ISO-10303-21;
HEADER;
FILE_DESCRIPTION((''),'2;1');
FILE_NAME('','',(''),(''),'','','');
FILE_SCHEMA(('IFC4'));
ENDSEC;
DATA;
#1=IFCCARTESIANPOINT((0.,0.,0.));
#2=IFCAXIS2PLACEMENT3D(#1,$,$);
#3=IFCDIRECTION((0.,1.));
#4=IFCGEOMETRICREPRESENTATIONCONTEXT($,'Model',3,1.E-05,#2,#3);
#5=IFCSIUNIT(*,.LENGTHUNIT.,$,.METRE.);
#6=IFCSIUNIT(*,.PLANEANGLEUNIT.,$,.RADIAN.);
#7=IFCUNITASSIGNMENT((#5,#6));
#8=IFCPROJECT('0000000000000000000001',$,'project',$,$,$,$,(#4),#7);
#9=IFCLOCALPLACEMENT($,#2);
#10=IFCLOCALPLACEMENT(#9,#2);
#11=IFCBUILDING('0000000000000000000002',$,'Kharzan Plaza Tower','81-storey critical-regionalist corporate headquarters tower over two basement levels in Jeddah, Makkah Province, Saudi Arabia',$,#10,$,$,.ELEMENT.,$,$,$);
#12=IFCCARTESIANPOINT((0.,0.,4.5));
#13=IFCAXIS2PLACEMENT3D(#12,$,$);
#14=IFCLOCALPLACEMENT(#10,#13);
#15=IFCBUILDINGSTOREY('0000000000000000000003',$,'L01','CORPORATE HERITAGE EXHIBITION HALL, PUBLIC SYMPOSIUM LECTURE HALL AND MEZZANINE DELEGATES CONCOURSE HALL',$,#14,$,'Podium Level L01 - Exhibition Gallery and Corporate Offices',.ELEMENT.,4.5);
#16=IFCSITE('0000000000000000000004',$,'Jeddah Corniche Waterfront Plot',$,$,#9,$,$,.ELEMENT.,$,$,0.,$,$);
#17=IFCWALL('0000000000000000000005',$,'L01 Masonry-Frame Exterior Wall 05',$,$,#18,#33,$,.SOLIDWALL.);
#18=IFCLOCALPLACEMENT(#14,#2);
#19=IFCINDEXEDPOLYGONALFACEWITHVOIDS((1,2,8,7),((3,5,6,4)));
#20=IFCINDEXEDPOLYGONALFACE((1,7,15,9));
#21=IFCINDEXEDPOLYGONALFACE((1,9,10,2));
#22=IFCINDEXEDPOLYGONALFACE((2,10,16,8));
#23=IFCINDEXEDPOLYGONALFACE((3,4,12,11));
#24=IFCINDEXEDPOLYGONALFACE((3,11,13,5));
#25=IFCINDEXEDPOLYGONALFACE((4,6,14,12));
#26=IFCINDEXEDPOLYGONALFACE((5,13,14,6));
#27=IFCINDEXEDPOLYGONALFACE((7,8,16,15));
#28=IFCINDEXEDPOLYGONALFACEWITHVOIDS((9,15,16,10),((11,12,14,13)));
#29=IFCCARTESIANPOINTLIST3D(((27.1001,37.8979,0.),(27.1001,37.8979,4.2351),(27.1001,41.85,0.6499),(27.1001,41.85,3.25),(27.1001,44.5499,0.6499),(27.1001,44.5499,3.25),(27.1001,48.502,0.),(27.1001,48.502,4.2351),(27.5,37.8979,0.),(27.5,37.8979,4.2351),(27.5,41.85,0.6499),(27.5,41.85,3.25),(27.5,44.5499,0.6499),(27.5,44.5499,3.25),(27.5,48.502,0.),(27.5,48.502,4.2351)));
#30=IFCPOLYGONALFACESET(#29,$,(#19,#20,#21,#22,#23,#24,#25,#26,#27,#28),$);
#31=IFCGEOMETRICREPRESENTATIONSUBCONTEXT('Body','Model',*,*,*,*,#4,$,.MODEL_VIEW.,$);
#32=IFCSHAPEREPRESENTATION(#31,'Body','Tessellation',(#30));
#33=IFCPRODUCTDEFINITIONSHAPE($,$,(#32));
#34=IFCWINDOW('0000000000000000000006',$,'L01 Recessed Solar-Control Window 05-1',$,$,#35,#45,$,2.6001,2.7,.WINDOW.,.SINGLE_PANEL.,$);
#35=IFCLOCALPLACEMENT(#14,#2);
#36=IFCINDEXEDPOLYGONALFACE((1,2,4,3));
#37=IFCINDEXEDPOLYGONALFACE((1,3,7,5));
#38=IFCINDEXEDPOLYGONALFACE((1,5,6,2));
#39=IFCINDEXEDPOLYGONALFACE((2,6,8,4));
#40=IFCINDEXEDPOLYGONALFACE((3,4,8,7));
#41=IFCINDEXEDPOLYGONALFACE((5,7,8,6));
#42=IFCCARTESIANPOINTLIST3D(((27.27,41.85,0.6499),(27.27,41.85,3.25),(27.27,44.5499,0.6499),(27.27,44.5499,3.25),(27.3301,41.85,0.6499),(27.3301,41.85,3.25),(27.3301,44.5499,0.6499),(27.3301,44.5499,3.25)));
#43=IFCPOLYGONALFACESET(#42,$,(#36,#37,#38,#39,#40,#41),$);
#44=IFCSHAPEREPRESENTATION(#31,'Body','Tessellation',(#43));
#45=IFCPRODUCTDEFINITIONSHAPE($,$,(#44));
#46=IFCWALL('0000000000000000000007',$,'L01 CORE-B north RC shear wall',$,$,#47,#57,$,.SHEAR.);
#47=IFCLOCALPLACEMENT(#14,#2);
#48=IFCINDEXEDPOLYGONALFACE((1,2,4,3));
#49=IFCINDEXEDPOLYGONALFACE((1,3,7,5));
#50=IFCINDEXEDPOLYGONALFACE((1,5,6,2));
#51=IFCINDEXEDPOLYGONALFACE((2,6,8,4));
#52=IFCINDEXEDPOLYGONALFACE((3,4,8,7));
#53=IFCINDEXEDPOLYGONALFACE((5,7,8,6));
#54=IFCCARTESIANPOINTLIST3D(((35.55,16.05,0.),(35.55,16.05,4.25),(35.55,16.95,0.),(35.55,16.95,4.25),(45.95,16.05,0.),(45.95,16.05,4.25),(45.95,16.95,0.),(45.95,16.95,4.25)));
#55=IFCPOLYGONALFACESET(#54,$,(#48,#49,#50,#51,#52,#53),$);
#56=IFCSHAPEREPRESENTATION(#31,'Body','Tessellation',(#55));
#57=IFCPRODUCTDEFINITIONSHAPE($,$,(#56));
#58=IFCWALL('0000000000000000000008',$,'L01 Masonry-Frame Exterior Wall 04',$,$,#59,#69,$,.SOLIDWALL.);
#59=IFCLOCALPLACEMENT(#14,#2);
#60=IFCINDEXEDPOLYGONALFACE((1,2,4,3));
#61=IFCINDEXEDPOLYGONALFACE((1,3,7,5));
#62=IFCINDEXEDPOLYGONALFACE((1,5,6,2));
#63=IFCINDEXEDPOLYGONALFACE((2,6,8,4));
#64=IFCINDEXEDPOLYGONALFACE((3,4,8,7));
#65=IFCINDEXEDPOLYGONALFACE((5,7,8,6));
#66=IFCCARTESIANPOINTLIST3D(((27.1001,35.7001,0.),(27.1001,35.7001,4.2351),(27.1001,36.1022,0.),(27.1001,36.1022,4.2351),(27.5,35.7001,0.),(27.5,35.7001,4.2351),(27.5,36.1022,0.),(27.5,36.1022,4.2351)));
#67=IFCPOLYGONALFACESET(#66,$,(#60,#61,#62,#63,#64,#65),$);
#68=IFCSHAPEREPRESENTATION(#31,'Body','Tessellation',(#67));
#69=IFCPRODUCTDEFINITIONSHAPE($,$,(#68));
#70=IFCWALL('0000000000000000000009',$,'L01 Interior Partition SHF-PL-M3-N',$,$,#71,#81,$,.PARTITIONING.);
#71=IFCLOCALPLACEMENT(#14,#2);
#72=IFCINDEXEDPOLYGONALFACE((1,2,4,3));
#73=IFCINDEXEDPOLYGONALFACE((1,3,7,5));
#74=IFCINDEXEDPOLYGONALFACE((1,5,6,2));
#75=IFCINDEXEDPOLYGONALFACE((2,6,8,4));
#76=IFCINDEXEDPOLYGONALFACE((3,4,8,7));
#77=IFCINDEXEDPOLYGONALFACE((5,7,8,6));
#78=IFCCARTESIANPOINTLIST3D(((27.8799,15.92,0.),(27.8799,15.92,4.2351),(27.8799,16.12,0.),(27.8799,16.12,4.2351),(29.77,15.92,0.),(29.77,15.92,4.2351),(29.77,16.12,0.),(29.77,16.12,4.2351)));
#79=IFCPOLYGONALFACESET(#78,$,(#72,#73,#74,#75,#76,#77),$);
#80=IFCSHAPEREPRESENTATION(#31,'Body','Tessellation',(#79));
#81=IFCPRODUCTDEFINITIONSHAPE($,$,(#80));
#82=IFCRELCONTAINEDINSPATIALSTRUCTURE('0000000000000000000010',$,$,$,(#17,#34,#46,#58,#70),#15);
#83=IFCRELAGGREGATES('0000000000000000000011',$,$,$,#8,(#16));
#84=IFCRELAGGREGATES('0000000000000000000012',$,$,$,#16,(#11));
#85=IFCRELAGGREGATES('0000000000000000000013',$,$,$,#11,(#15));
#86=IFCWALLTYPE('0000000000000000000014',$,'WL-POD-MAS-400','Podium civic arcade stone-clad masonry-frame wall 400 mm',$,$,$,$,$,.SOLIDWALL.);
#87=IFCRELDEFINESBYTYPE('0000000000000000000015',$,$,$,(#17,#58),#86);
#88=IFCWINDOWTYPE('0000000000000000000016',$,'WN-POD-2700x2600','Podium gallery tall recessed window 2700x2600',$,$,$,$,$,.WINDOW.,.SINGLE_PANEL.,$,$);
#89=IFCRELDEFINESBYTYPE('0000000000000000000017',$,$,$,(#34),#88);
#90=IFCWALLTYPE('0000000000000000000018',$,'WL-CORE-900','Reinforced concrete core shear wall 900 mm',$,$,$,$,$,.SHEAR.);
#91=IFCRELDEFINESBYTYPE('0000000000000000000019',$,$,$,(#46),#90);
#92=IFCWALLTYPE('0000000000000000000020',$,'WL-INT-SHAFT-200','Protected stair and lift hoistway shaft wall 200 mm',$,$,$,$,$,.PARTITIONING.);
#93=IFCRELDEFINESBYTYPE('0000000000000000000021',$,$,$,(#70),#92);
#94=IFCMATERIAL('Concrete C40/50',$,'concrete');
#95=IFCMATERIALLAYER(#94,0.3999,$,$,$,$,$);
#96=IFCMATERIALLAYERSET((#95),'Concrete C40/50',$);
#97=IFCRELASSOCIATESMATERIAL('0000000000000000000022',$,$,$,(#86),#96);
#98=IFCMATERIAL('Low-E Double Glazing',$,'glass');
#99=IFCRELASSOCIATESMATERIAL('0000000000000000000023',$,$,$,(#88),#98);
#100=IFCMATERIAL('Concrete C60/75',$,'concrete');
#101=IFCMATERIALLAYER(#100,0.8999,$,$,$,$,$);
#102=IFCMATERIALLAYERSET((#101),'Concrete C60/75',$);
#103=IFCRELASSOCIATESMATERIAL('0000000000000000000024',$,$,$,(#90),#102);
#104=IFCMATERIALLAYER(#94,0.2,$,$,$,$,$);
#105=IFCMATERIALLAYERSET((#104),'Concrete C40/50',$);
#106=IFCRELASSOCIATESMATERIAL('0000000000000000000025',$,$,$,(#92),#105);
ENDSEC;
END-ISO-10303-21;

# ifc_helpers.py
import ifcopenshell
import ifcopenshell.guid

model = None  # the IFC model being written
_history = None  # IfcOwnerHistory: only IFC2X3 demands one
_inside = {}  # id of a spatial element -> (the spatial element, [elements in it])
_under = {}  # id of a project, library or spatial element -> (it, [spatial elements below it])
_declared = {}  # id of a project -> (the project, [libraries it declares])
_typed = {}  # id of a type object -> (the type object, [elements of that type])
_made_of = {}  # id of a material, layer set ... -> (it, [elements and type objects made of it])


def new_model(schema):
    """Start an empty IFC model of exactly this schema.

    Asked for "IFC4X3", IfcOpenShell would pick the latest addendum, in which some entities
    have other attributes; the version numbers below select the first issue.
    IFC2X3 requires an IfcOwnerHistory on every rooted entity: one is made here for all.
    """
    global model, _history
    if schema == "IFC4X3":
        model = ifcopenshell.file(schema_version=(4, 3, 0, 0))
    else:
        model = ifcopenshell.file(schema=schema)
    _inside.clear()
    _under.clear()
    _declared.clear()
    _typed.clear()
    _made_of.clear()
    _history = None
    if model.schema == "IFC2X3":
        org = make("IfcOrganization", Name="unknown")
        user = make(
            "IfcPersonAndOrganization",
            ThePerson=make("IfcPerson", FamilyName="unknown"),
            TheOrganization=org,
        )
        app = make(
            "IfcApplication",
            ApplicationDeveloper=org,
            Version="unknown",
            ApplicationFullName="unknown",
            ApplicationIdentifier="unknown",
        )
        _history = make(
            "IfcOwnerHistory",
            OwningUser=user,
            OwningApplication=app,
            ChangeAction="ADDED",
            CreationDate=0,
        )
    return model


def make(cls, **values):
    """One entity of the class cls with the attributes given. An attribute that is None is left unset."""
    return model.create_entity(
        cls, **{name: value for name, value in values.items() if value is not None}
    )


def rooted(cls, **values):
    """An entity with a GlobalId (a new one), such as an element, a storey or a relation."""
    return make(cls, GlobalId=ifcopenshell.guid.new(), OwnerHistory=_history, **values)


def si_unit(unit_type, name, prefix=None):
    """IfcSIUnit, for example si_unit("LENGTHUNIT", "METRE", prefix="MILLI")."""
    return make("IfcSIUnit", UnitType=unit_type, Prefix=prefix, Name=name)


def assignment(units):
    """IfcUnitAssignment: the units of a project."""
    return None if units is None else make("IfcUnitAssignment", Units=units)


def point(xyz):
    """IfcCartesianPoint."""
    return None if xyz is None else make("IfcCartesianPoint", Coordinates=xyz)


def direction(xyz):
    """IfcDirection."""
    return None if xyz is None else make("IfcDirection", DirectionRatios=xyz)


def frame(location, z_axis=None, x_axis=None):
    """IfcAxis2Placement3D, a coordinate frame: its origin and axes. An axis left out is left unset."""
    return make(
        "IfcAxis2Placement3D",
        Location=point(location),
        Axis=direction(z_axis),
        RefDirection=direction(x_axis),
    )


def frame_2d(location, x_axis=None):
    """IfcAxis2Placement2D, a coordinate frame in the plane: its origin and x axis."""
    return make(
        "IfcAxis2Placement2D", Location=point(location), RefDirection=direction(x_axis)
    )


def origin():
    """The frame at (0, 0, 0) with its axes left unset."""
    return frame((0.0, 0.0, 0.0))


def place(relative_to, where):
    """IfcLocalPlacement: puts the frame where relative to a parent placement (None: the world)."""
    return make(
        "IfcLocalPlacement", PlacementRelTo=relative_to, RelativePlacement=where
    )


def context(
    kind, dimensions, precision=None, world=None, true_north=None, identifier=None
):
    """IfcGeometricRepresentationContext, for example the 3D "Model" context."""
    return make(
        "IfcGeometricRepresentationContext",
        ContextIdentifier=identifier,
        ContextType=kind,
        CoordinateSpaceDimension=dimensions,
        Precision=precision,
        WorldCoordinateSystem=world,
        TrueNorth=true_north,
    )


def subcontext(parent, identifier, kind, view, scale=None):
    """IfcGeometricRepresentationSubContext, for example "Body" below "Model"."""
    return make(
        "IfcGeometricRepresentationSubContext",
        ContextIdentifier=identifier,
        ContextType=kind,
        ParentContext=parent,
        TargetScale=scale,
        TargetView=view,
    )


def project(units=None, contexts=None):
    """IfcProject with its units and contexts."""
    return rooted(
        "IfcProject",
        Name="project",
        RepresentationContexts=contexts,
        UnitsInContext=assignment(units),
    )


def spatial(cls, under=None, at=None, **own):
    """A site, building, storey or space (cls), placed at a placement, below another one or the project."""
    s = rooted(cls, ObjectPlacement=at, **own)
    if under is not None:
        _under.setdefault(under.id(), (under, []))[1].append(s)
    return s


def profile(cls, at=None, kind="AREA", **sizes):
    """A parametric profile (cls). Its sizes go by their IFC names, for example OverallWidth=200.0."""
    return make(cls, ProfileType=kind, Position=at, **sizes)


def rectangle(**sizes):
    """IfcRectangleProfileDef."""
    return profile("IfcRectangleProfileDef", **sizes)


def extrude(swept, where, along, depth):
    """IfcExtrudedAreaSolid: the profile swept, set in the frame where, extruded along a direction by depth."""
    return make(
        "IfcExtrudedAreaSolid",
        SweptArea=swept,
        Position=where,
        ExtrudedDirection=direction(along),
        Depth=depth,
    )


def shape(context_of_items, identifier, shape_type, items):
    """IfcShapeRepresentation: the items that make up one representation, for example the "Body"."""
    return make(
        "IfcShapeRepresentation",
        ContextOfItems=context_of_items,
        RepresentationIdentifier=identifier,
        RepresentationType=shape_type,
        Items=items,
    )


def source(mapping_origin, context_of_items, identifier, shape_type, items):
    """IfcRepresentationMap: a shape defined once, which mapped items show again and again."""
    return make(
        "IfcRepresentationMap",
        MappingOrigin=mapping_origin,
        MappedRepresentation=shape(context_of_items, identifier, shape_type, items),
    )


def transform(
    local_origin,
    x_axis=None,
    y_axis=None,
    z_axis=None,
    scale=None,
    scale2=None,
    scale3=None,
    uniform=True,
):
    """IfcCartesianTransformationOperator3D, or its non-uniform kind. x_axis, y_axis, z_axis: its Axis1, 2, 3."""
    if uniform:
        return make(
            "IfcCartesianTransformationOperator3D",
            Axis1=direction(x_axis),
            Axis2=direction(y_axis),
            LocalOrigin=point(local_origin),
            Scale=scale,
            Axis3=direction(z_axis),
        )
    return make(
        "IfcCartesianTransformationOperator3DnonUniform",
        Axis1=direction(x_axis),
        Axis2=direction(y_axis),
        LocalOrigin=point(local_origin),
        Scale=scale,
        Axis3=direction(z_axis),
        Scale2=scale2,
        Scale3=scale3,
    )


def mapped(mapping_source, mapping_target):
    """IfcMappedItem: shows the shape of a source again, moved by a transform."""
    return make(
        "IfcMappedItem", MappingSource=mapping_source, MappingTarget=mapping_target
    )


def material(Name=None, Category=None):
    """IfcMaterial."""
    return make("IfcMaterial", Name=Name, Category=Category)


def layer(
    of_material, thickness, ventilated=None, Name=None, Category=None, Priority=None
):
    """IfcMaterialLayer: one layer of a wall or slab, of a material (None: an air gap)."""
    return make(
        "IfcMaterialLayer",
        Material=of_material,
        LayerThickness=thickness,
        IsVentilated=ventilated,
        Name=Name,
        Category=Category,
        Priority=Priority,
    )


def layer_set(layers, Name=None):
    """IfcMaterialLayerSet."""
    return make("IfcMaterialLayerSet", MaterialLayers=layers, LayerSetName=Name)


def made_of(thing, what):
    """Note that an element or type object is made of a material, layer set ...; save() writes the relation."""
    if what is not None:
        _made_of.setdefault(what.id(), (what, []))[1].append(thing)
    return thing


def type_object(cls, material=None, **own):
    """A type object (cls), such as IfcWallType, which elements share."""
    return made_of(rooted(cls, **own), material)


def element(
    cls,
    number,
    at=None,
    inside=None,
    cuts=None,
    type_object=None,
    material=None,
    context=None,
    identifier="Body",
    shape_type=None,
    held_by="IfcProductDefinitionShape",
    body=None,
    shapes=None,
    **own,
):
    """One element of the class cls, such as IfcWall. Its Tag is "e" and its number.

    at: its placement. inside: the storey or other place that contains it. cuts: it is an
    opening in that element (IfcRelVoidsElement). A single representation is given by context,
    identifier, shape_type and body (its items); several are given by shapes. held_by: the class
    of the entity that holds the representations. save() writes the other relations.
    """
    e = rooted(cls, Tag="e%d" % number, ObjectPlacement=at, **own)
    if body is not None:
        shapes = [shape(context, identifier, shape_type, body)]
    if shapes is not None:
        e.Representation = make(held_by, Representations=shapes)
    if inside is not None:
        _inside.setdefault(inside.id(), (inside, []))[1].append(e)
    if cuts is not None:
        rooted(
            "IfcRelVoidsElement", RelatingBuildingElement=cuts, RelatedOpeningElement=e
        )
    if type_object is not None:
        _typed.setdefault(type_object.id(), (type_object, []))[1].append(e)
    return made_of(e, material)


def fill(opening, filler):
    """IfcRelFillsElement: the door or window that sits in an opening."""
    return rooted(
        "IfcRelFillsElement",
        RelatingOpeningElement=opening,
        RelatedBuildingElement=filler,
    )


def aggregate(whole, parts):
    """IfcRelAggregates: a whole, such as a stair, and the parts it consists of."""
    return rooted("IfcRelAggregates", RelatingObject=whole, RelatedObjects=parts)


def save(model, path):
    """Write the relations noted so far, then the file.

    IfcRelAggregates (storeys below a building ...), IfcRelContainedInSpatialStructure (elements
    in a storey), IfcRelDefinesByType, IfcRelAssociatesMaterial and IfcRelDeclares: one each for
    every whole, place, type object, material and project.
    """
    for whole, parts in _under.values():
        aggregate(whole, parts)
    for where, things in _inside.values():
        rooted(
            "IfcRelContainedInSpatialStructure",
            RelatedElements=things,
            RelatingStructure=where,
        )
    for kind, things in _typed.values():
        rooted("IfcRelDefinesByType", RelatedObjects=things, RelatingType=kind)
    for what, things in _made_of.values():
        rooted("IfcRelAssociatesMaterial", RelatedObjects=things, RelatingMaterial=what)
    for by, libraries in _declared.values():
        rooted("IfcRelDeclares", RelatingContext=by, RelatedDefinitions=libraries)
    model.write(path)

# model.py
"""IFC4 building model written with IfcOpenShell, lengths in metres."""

from ifc_helpers import new_model, si_unit, direction, frame, frame_2d, origin, place, context, subcontext, project, spatial, rectangle, extrude, source, transform, mapped, material, layer, layer_set, type_object, element, fill, save


model = new_model("IFC4")

# Units and contexts
model_context = context("Model", 3, precision=1e-05, world=origin(), true_north=direction((0.0, 1.0)))
body_context = subcontext(model_context, "Body", "Model", "MODEL_VIEW")
ifc_project = project(units=[si_unit("LENGTHUNIT", "METRE"), si_unit("PLANEANGLEUNIT", "RADIAN")], contexts=[model_context])

# Site, building, storey
site_placement = place(None, origin())
site = spatial("IfcSite", under=ifc_project, at=site_placement, Name="Jeddah Corniche Waterfront Plot", CompositionType="ELEMENT", RefElevation=0.0)
building_placement = place(site_placement, origin())
building = spatial("IfcBuilding", under=site, at=building_placement, Name="Kharzan Plaza Tower", Description="81-storey critical-regionalist corporate headquarters tower over two basement levels in Jeddah, Makkah Province, Saudi Arabia", CompositionType="ELEMENT")
storey_placement = place(building_placement, frame((0.0, 0.0, 4.5)))
storey = spatial("IfcBuildingStorey", under=building, at=storey_placement, Name="L01", Description="CORPORATE HERITAGE EXHIBITION HALL, PUBLIC SYMPOSIUM LECTURE HALL AND MEZZANINE DELEGATES CONCOURSE HALL", LongName="Podium Level L01 - Exhibition Gallery and Corporate Offices", CompositionType="ELEMENT", Elevation=4.5)

# Shared definitions
ifc_material_1 = material(Name="Concrete C60/75", Category="concrete")

# Wall, opening, window
ifc_material_2 = material(Name="Concrete C40/50", Category="concrete")
ifc_layer_1 = layer(ifc_material_2, 0.3999)
ifc_layer_set_1 = layer_set([ifc_layer_1], Name="Concrete C40/50")
wall_type_1 = type_object("IfcWallType", Name="WL-POD-MAS-400", Description="Podium civic arcade stone-clad masonry-frame wall 400 mm", PredefinedType="SOLIDWALL", material=ifc_layer_set_1)
wall_1_placement = place(storey_placement, frame((27.3, 37.8979, 0.0), z_axis=(0.0, 0.0, 1.0), x_axis=(0.0, 1.0, 0.0)))
wall_1 = element("IfcWall", 1, at=wall_1_placement, inside=storey, type_object=wall_type_1, Name="L01 Masonry-Frame Exterior Wall 05", PredefinedType="SOLIDWALL", context=body_context, shape_type="SweptSolid", body=[
    extrude(rectangle(XDim=10.604, YDim=0.3999, at=frame_2d((5.302, 0.0))), origin(), (0.0, 0.0, 1.0), 4.2351),
])
opening_placement = place(wall_1_placement, frame((3.9519, 0.0, 0.6499)))
opening = element("IfcOpeningElement", 2, at=opening_placement, cuts=wall_1, PredefinedType="OPENING", context=body_context, shape_type="SweptSolid", body=[
    extrude(rectangle(XDim=2.7, YDim=2.6001, at=frame_2d((1.3501, 1.3))), frame((0.0, 0.21, 0.0), z_axis=(0.0, -1.0, 0.0), x_axis=(1.0, 0.0, 0.0)), (0.0, 0.0, 1.0), 0.4199),
])
ifc_material_3 = material(Name="Low-E Double Glazing", Category="glass")
window_type = type_object("IfcWindowType", Name="WN-POD-2700x2600", Description="Podium gallery tall recessed window 2700x2600", PartitioningType="SINGLE_PANEL", PredefinedType="WINDOW", material=ifc_material_3)
shared_shape_1 = source(origin(), body_context, "Body", "SweptSolid", [
    extrude(rectangle(XDim=2.7, YDim=2.6001, at=frame_2d((1.3501, 1.3))), frame((0.0, 0.03, 0.0), z_axis=(0.0, -1.0, 0.0), x_axis=(1.0, 0.0, 0.0)), (0.0, 0.0, 1.0), 0.0601),
])
window_placement = place(opening_placement, origin())
window = element("IfcWindow", 3, at=window_placement, inside=storey, type_object=window_type, Name="L01 Recessed Solar-Control Window 05-1", OverallHeight=2.6001, OverallWidth=2.7, PartitioningType="SINGLE_PANEL", PredefinedType="WINDOW", context=body_context, shape_type="MappedRepresentation", body=[
    mapped(shared_shape_1, transform((0.0, 0.0, 0.0), x_axis=(1.0, 0.0, 0.0), y_axis=(0.0, 1.0, 0.0), z_axis=(0.0, 0.0, 1.0))),
])
fill(opening, window)

# Walls
ifc_layer_2 = layer(ifc_material_1, 0.8999)
ifc_layer_set_2 = layer_set([ifc_layer_2], Name="Concrete C60/75")
wall_type_2 = type_object("IfcWallType", Name="WL-CORE-900", Description="Reinforced concrete core shear wall 900 mm", PredefinedType="SHEAR", material=ifc_layer_set_2)
shared_shape_2 = source(origin(), body_context, "Body", "SweptSolid", [
    extrude(rectangle(XDim=10.3999, YDim=0.8999, at=frame_2d((5.2, 0.0))), origin(), (0.0, 0.0, 1.0), 4.25),
])
wall_2_placement = place(storey_placement, frame((35.55, 16.5, 0.0), z_axis=(0.0, 0.0, 1.0), x_axis=(1.0, 0.0, 0.0)))
element("IfcWall", 4, at=wall_2_placement, inside=storey, type_object=wall_type_2, Name="L01 CORE-B north RC shear wall", PredefinedType="SHEAR", context=body_context, shape_type="MappedRepresentation", body=[
    mapped(shared_shape_2, transform((0.0, 0.0, 0.0), x_axis=(1.0, 0.0, 0.0), y_axis=(0.0, 1.0, 0.0), z_axis=(0.0, 0.0, 1.0))),
])
shared_shape_3 = source(origin(), body_context, "Body", "SweptSolid", [
    extrude(rectangle(XDim=0.4021, YDim=0.3999, at=frame_2d((0.2012, 0.0))), origin(), (0.0, 0.0, 1.0), 4.2351),
])
wall_3_placement = place(storey_placement, frame((27.3, 35.7, 0.0), z_axis=(0.0, 0.0, 1.0), x_axis=(0.0, 1.0, 0.0)))
element("IfcWall", 5, at=wall_3_placement, inside=storey, type_object=wall_type_1, Name="L01 Masonry-Frame Exterior Wall 04", PredefinedType="SOLIDWALL", context=body_context, shape_type="MappedRepresentation", body=[
    mapped(shared_shape_3, transform((0.0, 0.0, 0.0), x_axis=(1.0, 0.0, 0.0), y_axis=(0.0, 1.0, 0.0), z_axis=(0.0, 0.0, 1.0))),
])
ifc_layer_3 = layer(ifc_material_2, 0.2)
ifc_layer_set_3 = layer_set([ifc_layer_3], Name="Concrete C40/50")
wall_type_3 = type_object("IfcWallType", Name="WL-INT-SHAFT-200", Description="Protected stair and lift hoistway shaft wall 200 mm", PredefinedType="PARTITIONING", material=ifc_layer_set_3)
shared_shape_4 = source(origin(), body_context, "Body", "SweptSolid", [
    extrude(rectangle(XDim=1.8901, YDim=0.2, at=frame_2d((0.9451, 0.0))), origin(), (0.0, 0.0, 1.0), 4.2351),
])
wall_4_placement = place(storey_placement, frame((27.8799, 16.02, 0.0), z_axis=(0.0, 0.0, 1.0), x_axis=(1.0, 0.0, 0.0)))
element("IfcWall", 6, at=wall_4_placement, inside=storey, type_object=wall_type_3, Name="L01 Interior Partition SHF-PL-M3-N", PredefinedType="PARTITIONING", context=body_context, shape_type="MappedRepresentation", body=[
    mapped(shared_shape_4, transform((0.0, 0.0, 0.0), x_axis=(1.0, 0.0, 0.0), y_axis=(0.0, 1.0, 0.0), z_axis=(0.0, 0.0, 1.0))),
])

save(model, "model.ifc")
